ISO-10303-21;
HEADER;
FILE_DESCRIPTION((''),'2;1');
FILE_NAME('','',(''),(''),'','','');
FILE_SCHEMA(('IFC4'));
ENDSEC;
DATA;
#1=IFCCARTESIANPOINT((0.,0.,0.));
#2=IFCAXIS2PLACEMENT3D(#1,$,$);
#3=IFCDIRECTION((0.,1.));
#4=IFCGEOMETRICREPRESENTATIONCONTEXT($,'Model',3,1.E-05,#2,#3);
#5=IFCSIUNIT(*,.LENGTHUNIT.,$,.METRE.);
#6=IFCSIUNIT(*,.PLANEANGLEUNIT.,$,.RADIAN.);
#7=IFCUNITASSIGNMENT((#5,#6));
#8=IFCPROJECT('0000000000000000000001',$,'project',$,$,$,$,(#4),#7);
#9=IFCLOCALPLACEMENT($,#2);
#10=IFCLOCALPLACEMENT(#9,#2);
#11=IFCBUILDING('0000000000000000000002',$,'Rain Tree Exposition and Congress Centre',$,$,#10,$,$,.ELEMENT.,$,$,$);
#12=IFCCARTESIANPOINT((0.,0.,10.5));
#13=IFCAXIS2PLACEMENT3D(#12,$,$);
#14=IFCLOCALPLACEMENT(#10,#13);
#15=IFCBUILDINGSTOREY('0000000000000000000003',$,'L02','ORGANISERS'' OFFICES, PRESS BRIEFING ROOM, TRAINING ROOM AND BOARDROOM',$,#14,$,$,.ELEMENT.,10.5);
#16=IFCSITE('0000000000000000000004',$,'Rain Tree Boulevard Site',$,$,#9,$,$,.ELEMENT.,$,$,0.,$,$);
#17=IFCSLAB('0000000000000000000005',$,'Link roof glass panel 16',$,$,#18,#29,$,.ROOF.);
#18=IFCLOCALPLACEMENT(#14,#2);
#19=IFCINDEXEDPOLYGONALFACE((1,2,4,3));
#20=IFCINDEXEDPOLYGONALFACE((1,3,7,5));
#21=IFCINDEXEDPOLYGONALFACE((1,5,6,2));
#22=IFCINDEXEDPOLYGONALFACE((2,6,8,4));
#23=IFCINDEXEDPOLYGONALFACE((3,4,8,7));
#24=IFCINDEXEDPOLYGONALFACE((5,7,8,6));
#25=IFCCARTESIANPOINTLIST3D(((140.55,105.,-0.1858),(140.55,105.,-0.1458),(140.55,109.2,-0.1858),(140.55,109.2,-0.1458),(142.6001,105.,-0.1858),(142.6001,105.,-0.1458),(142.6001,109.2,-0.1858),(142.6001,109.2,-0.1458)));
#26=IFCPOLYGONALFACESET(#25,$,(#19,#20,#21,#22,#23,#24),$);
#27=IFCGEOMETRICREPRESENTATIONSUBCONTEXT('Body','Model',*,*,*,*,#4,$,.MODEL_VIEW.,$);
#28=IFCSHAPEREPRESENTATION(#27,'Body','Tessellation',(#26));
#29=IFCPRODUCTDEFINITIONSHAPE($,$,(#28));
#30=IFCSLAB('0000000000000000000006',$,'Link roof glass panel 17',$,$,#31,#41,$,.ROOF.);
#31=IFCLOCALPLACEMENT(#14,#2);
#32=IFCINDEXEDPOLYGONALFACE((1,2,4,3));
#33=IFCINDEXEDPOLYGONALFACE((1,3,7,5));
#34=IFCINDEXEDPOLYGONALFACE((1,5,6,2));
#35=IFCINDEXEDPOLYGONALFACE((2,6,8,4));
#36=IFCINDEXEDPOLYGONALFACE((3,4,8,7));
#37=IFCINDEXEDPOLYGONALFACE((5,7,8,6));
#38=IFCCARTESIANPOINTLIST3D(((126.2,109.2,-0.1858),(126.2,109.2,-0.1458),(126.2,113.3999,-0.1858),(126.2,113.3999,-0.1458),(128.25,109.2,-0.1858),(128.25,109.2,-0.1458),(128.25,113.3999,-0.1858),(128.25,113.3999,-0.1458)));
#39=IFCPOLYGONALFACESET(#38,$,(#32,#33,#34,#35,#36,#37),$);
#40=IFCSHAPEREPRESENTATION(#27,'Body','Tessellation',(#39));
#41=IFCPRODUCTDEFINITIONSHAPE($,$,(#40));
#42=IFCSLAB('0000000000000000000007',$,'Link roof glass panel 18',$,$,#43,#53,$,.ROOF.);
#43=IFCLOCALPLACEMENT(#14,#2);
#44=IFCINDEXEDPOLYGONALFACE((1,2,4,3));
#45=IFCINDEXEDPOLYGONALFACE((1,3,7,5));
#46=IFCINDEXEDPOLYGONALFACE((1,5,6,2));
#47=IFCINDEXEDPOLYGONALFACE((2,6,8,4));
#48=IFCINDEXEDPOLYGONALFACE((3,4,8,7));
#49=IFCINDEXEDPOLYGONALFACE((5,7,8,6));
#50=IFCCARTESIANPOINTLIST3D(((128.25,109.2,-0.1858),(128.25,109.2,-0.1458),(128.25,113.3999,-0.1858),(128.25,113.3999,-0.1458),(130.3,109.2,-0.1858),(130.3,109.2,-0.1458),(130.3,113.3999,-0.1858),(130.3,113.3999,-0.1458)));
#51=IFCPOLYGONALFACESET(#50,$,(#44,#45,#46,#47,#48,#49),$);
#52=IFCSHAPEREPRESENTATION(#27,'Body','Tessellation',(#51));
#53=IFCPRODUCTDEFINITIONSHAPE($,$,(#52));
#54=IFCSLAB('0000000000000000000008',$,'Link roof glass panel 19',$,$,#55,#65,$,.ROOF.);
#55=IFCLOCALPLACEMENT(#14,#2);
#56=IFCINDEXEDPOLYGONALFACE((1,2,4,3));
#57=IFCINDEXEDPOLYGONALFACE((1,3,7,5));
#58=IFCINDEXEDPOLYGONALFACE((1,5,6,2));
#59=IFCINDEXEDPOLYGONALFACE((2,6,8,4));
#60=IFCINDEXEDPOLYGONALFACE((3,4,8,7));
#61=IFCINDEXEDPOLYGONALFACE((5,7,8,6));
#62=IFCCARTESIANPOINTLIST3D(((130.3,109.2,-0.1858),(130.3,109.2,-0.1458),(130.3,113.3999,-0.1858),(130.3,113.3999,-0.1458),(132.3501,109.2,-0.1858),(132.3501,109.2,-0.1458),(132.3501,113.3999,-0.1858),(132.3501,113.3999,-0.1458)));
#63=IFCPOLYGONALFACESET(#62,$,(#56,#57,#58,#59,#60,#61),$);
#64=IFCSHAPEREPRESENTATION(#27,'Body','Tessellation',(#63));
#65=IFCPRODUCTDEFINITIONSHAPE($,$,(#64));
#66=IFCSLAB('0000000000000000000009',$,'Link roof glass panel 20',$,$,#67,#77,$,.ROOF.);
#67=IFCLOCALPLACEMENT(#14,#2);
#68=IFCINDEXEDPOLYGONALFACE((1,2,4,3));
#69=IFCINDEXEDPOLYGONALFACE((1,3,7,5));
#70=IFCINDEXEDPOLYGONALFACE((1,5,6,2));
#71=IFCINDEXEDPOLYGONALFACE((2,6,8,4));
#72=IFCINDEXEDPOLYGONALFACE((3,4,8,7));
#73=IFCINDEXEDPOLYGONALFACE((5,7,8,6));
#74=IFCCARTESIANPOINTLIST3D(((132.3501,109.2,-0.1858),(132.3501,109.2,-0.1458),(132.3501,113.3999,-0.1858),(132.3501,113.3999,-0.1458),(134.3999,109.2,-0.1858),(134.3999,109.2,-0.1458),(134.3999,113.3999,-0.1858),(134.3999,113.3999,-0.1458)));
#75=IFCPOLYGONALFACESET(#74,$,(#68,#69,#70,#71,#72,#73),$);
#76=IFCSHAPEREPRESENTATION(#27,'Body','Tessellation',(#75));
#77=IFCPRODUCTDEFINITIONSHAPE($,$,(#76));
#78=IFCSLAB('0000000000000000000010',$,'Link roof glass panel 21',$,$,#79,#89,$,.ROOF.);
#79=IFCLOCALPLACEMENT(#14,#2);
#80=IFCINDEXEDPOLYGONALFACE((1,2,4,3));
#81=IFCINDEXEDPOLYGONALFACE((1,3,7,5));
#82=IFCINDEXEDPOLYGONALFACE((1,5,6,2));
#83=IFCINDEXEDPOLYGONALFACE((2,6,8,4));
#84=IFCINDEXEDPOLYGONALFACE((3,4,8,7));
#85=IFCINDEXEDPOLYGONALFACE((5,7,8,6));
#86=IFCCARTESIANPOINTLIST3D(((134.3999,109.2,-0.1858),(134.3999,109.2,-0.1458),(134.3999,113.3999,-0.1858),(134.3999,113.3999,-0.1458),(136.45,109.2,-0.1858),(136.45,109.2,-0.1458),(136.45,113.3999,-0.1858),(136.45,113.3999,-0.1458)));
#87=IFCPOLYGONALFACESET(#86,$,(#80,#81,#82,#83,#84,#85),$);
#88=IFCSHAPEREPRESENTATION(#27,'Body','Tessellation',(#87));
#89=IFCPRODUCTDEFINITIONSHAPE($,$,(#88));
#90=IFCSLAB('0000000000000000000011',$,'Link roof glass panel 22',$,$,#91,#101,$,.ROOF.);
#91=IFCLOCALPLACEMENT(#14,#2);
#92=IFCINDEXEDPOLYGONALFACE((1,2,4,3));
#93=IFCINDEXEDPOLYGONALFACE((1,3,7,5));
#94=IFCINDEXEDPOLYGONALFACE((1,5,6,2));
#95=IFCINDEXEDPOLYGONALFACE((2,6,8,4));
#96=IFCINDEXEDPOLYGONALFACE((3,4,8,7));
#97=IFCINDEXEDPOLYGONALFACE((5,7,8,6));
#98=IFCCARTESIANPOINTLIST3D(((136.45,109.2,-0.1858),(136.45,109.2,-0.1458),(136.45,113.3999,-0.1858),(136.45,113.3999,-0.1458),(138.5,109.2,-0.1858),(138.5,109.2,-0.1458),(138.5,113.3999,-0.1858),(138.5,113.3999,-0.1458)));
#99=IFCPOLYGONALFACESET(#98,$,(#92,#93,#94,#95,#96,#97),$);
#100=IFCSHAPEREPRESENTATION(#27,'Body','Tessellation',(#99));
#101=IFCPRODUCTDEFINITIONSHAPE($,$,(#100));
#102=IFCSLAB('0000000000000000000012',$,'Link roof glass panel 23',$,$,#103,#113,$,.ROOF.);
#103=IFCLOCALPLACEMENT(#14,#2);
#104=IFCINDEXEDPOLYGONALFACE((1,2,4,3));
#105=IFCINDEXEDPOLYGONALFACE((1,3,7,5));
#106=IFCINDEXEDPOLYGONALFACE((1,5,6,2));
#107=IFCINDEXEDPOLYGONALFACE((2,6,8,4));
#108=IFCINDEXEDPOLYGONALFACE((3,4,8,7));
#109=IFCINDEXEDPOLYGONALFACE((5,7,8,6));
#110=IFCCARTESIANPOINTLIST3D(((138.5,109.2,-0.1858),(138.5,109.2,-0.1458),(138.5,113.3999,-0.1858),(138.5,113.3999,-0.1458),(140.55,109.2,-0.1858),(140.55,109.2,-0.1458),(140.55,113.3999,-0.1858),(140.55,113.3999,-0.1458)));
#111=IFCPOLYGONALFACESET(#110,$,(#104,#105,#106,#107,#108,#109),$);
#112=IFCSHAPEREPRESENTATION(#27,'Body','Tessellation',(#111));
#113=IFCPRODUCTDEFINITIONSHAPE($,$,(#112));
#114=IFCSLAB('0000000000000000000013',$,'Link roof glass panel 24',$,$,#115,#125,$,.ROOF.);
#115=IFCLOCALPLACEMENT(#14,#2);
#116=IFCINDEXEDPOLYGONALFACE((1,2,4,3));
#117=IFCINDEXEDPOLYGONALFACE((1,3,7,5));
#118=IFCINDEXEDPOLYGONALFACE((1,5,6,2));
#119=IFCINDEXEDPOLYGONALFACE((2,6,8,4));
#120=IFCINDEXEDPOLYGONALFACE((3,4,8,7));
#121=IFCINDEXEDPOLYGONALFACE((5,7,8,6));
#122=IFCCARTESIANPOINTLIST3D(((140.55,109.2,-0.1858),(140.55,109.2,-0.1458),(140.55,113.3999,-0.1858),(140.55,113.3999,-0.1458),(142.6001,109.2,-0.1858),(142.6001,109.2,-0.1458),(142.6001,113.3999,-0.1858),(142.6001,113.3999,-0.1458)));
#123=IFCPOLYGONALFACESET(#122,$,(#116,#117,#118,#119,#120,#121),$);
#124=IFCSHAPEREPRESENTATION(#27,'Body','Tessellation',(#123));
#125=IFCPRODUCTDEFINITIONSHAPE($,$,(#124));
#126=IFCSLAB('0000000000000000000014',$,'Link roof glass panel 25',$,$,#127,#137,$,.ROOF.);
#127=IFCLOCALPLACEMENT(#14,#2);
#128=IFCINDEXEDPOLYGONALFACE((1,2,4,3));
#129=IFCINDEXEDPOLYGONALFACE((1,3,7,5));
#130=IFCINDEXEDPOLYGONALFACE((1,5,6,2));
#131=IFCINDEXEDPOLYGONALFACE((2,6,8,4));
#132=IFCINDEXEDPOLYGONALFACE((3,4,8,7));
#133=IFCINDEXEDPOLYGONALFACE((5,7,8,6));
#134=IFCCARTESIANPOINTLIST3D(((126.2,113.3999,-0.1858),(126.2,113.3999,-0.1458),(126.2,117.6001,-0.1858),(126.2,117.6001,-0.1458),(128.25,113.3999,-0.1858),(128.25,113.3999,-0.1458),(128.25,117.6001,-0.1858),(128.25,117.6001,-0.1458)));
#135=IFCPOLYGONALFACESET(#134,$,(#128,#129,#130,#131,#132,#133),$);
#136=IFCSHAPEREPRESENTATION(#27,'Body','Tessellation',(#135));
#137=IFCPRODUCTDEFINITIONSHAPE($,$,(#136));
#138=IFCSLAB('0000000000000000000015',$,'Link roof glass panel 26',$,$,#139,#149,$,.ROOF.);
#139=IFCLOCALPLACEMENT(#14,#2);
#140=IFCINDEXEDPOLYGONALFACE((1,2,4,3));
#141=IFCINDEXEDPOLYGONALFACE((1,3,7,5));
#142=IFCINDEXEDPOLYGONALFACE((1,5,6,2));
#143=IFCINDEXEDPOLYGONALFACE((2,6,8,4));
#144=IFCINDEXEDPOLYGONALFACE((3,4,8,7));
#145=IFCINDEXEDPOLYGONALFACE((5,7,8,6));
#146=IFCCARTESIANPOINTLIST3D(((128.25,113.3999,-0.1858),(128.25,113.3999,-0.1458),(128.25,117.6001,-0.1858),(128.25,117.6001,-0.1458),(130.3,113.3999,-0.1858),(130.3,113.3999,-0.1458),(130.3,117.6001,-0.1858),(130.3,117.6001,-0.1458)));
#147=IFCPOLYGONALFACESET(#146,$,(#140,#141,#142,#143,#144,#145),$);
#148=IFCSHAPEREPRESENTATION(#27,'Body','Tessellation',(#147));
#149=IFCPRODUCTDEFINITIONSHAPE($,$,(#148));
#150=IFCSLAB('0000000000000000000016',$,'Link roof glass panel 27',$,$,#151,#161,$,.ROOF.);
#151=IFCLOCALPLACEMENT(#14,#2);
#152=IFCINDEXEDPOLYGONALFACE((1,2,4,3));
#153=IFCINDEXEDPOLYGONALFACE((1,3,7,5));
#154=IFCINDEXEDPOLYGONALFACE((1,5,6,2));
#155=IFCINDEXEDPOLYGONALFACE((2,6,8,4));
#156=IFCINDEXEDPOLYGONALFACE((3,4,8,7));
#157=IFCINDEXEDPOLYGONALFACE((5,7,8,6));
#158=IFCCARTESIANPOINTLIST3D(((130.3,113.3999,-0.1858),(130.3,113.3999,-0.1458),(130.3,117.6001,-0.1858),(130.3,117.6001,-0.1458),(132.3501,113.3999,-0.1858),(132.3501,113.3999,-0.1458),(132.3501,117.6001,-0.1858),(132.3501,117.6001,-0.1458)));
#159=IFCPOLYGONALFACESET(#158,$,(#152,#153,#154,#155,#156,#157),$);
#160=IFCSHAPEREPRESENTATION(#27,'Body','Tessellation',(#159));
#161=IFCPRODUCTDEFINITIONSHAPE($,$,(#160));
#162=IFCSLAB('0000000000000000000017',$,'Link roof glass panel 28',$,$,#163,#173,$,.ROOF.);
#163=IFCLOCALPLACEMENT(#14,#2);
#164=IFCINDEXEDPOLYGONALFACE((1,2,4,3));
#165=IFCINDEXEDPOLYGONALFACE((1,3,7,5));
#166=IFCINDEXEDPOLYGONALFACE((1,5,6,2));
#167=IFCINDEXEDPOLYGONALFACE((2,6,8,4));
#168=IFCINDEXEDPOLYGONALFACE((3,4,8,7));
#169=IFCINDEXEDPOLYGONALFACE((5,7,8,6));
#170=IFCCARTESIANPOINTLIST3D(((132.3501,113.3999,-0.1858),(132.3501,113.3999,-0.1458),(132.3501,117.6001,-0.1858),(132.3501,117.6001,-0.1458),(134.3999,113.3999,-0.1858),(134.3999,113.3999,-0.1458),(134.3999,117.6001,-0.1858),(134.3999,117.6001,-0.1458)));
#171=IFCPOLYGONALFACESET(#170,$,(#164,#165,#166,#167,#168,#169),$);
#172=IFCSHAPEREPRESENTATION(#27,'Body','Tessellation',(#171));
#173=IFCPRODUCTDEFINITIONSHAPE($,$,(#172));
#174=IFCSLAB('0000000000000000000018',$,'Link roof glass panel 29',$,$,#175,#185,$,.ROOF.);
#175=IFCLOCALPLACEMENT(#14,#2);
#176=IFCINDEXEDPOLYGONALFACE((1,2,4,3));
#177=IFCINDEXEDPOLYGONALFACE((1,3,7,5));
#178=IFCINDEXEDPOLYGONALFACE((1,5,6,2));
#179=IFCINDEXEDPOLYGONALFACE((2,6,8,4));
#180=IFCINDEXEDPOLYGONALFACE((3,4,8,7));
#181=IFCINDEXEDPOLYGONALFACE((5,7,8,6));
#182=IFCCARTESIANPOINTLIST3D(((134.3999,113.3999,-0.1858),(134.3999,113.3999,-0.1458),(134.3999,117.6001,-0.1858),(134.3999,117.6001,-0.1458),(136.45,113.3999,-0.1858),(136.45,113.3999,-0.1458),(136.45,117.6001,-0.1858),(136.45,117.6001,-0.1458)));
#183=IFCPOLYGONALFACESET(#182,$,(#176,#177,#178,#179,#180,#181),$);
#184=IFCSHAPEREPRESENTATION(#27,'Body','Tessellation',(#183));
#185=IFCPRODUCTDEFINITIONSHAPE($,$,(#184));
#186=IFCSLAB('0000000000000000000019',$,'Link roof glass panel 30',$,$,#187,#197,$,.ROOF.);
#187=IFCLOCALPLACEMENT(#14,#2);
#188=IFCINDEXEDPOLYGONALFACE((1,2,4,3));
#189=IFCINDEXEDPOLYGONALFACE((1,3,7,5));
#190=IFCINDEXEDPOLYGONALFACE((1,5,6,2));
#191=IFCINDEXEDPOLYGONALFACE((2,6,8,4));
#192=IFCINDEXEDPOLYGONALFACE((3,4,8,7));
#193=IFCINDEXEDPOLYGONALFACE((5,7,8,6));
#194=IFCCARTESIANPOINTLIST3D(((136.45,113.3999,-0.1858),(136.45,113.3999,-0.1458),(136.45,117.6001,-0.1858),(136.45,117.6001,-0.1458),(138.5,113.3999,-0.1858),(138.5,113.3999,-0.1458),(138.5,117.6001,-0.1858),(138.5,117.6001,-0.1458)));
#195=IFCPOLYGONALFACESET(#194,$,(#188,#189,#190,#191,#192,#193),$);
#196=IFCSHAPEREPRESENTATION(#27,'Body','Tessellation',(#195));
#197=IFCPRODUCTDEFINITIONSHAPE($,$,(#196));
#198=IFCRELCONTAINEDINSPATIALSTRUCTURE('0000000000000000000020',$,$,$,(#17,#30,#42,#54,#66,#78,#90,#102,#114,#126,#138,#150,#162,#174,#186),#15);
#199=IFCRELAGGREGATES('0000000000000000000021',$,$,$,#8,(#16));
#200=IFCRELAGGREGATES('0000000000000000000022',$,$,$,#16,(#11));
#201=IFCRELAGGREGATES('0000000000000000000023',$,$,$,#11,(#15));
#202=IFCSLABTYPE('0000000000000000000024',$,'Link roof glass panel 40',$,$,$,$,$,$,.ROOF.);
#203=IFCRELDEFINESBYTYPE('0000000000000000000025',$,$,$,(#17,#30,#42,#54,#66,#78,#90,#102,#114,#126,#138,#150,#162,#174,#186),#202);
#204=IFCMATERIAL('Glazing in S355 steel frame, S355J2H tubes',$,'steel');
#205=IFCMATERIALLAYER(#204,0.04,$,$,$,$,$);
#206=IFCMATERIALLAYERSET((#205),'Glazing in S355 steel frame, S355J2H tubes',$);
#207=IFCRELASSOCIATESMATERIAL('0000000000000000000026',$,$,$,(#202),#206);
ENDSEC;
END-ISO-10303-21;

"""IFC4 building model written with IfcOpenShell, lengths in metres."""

from ifc_helpers import new_model, si_unit, direction, frame, origin, place, context, subcontext, project, spatial, polyline, outline, extrude, material, layer, layer_set, type_object, element, save


model = new_model("IFC4")

# Units and contexts
model_context = context("Model", 3, precision=1e-05, world=origin(), true_north=direction((0.0, 1.0)))
body_context = subcontext(model_context, "Body", "Model", "MODEL_VIEW")
ifc_project = project(units=[si_unit("LENGTHUNIT", "METRE"), si_unit("PLANEANGLEUNIT", "RADIAN")], contexts=[model_context])

# Site, building, storey
site_placement = place(None, origin())
site = spatial("IfcSite", under=ifc_project, at=site_placement, Name="Rain Tree Boulevard Site", CompositionType="ELEMENT", RefElevation=0.0)
building_placement = place(site_placement, origin())
building = spatial("IfcBuilding", under=site, at=building_placement, Name="Rain Tree Exposition and Congress Centre", CompositionType="ELEMENT")
storey_placement = place(building_placement, frame((0.0, 0.0, 10.5)))
storey = spatial("IfcBuildingStorey", under=building, at=storey_placement, Name="L02", Description="ORGANISERS' OFFICES, PRESS BRIEFING ROOM, TRAINING ROOM AND BOARDROOM", CompositionType="ELEMENT", Elevation=10.5)

# Slabs
ifc_material = material(Name="Glazing in S355 steel frame, S355J2H tubes", Category="steel")
ifc_layer = layer(ifc_material, 0.04)
ifc_layer_set = layer_set([ifc_layer], Name="Glazing in S355 steel frame, S355J2H tubes")
slab_type = type_object("IfcSlabType", Name="Link roof glass panel 40", PredefinedType="ROOF", material=ifc_layer_set)
slab_1_placement = place(storey_placement, frame((0.0, 0.0, -0.1858)))
element("IfcSlab", 1, at=slab_1_placement, inside=storey, type_object=slab_type, Name="Link roof glass panel 16", PredefinedType="ROOF", context=body_context, shape_type="SweptSolid", body=[
    extrude(outline(polyline([(140.55, 105.0), (142.6001, 105.0), (142.6001, 109.2), (140.55, 109.2), (140.55, 105.0)])), origin(), (0.0, 0.0, 1.0), 0.04),
])
slab_2_placement = place(storey_placement, frame((0.0, 0.0, -0.1858)))
element("IfcSlab", 2, at=slab_2_placement, inside=storey, type_object=slab_type, Name="Link roof glass panel 17", PredefinedType="ROOF", context=body_context, shape_type="SweptSolid", body=[
    extrude(outline(polyline([(126.2, 109.2), (128.25, 109.2), (128.25, 113.3999), (126.2, 113.3999), (126.2, 109.2)])), origin(), (0.0, 0.0, 1.0), 0.04),
])
slab_3_placement = place(storey_placement, frame((0.0, 0.0, -0.1858)))
element("IfcSlab", 3, at=slab_3_placement, inside=storey, type_object=slab_type, Name="Link roof glass panel 18", PredefinedType="ROOF", context=body_context, shape_type="SweptSolid", body=[
    extrude(outline(polyline([(128.25, 109.2), (130.3, 109.2), (130.3, 113.3999), (128.25, 113.3999), (128.25, 109.2)])), origin(), (0.0, 0.0, 1.0), 0.04),
])
slab_4_placement = place(storey_placement, frame((0.0, 0.0, -0.1858)))
element("IfcSlab", 4, at=slab_4_placement, inside=storey, type_object=slab_type, Name="Link roof glass panel 19", PredefinedType="ROOF", context=body_context, shape_type="SweptSolid", body=[
    extrude(outline(polyline([(130.3, 109.2), (132.3501, 109.2), (132.3501, 113.3999), (130.3, 113.3999), (130.3, 109.2)])), origin(), (0.0, 0.0, 1.0), 0.04),
])
slab_5_placement = place(storey_placement, frame((0.0, 0.0, -0.1858)))
element("IfcSlab", 5, at=slab_5_placement, inside=storey, type_object=slab_type, Name="Link roof glass panel 20", PredefinedType="ROOF", context=body_context, shape_type="SweptSolid", body=[
    extrude(outline(polyline([(132.3501, 109.2), (134.3999, 109.2), (134.3999, 113.3999), (132.3501, 113.3999), (132.3501, 109.2)])), origin(), (0.0, 0.0, 1.0), 0.04),
])
slab_6_placement = place(storey_placement, frame((0.0, 0.0, -0.1858)))
element("IfcSlab", 6, at=slab_6_placement, inside=storey, type_object=slab_type, Name="Link roof glass panel 21", PredefinedType="ROOF", context=body_context, shape_type="SweptSolid", body=[
    extrude(outline(polyline([(134.3999, 109.2), (136.45, 109.2), (136.45, 113.3999), (134.3999, 113.3999), (134.3999, 109.2)])), origin(), (0.0, 0.0, 1.0), 0.04),
])
slab_7_placement = place(storey_placement, frame((0.0, 0.0, -0.1858)))
element("IfcSlab", 7, at=slab_7_placement, inside=storey, type_object=slab_type, Name="Link roof glass panel 22", PredefinedType="ROOF", context=body_context, shape_type="SweptSolid", body=[
    extrude(outline(polyline([(136.45, 109.2), (138.5, 109.2), (138.5, 113.3999), (136.45, 113.3999), (136.45, 109.2)])), origin(), (0.0, 0.0, 1.0), 0.04),
])
slab_8_placement = place(storey_placement, frame((0.0, 0.0, -0.1858)))
element("IfcSlab", 8, at=slab_8_placement, inside=storey, type_object=slab_type, Name="Link roof glass panel 23", PredefinedType="ROOF", context=body_context, shape_type="SweptSolid", body=[
    extrude(outline(polyline([(138.5, 109.2), (140.55, 109.2), (140.55, 113.3999), (138.5, 113.3999), (138.5, 109.2)])), origin(), (0.0, 0.0, 1.0), 0.04),
])
slab_9_placement = place(storey_placement, frame((0.0, 0.0, -0.1858)))
element("IfcSlab", 9, at=slab_9_placement, inside=storey, type_object=slab_type, Name="Link roof glass panel 24", PredefinedType="ROOF", context=body_context, shape_type="SweptSolid", body=[
    extrude(outline(polyline([(140.55, 109.2), (142.6001, 109.2), (142.6001, 113.3999), (140.55, 113.3999), (140.55, 109.2)])), origin(), (0.0, 0.0, 1.0), 0.04),
])
slab_10_placement = place(storey_placement, frame((0.0, 0.0, -0.1858)))
element("IfcSlab", 10, at=slab_10_placement, inside=storey, type_object=slab_type, Name="Link roof glass panel 25", PredefinedType="ROOF", context=body_context, shape_type="SweptSolid", body=[
    extrude(outline(polyline([(126.2, 113.3999), (128.25, 113.3999), (128.25, 117.6001), (126.2, 117.6001), (126.2, 113.3999)])), origin(), (0.0, 0.0, 1.0), 0.04),
])
slab_11_placement = place(storey_placement, frame((0.0, 0.0, -0.1858)))
element("IfcSlab", 11, at=slab_11_placement, inside=storey, type_object=slab_type, Name="Link roof glass panel 26", PredefinedType="ROOF", context=body_context, shape_type="SweptSolid", body=[
    extrude(outline(polyline([(128.25, 113.3999), (130.3, 113.3999), (130.3, 117.6001), (128.25, 117.6001), (128.25, 113.3999)])), origin(), (0.0, 0.0, 1.0), 0.04),
])
slab_12_placement = place(storey_placement, frame((0.0, 0.0, -0.1858)))
element("IfcSlab", 12, at=slab_12_placement, inside=storey, type_object=slab_type, Name="Link roof glass panel 27", PredefinedType="ROOF", context=body_context, shape_type="SweptSolid", body=[
    extrude(outline(polyline([(130.3, 113.3999), (132.3501, 113.3999), (132.3501, 117.6001), (130.3, 117.6001), (130.3, 113.3999)])), origin(), (0.0, 0.0, 1.0), 0.04),
])
slab_13_placement = place(storey_placement, frame((0.0, 0.0, -0.1858)))
element("IfcSlab", 13, at=slab_13_placement, inside=storey, type_object=slab_type, Name="Link roof glass panel 28", PredefinedType="ROOF", context=body_context, shape_type="SweptSolid", body=[
    extrude(outline(polyline([(132.3501, 113.3999), (134.3999, 113.3999), (134.3999, 117.6001), (132.3501, 117.6001), (132.3501, 113.3999)])), origin(), (0.0, 0.0, 1.0), 0.04),
])
slab_14_placement = place(storey_placement, frame((0.0, 0.0, -0.1858)))
element("IfcSlab", 14, at=slab_14_placement, inside=storey, type_object=slab_type, Name="Link roof glass panel 29", PredefinedType="ROOF", context=body_context, shape_type="SweptSolid", body=[
    extrude(outline(polyline([(134.3999, 113.3999), (136.45, 113.3999), (136.45, 117.6001), (134.3999, 117.6001), (134.3999, 113.3999)])), origin(), (0.0, 0.0, 1.0), 0.04),
])
slab_15_placement = place(storey_placement, frame((0.0, 0.0, -0.1858)))
element("IfcSlab", 15, at=slab_15_placement, inside=storey, type_object=slab_type, Name="Link roof glass panel 30", PredefinedType="ROOF", context=body_context, shape_type="SweptSolid", body=[
    extrude(outline(polyline([(136.45, 113.3999), (138.5, 113.3999), (138.5, 117.6001), (136.45, 117.6001), (136.45, 113.3999)])), origin(), (0.0, 0.0, 1.0), 0.04),
])

save(model, "model.ifc")
